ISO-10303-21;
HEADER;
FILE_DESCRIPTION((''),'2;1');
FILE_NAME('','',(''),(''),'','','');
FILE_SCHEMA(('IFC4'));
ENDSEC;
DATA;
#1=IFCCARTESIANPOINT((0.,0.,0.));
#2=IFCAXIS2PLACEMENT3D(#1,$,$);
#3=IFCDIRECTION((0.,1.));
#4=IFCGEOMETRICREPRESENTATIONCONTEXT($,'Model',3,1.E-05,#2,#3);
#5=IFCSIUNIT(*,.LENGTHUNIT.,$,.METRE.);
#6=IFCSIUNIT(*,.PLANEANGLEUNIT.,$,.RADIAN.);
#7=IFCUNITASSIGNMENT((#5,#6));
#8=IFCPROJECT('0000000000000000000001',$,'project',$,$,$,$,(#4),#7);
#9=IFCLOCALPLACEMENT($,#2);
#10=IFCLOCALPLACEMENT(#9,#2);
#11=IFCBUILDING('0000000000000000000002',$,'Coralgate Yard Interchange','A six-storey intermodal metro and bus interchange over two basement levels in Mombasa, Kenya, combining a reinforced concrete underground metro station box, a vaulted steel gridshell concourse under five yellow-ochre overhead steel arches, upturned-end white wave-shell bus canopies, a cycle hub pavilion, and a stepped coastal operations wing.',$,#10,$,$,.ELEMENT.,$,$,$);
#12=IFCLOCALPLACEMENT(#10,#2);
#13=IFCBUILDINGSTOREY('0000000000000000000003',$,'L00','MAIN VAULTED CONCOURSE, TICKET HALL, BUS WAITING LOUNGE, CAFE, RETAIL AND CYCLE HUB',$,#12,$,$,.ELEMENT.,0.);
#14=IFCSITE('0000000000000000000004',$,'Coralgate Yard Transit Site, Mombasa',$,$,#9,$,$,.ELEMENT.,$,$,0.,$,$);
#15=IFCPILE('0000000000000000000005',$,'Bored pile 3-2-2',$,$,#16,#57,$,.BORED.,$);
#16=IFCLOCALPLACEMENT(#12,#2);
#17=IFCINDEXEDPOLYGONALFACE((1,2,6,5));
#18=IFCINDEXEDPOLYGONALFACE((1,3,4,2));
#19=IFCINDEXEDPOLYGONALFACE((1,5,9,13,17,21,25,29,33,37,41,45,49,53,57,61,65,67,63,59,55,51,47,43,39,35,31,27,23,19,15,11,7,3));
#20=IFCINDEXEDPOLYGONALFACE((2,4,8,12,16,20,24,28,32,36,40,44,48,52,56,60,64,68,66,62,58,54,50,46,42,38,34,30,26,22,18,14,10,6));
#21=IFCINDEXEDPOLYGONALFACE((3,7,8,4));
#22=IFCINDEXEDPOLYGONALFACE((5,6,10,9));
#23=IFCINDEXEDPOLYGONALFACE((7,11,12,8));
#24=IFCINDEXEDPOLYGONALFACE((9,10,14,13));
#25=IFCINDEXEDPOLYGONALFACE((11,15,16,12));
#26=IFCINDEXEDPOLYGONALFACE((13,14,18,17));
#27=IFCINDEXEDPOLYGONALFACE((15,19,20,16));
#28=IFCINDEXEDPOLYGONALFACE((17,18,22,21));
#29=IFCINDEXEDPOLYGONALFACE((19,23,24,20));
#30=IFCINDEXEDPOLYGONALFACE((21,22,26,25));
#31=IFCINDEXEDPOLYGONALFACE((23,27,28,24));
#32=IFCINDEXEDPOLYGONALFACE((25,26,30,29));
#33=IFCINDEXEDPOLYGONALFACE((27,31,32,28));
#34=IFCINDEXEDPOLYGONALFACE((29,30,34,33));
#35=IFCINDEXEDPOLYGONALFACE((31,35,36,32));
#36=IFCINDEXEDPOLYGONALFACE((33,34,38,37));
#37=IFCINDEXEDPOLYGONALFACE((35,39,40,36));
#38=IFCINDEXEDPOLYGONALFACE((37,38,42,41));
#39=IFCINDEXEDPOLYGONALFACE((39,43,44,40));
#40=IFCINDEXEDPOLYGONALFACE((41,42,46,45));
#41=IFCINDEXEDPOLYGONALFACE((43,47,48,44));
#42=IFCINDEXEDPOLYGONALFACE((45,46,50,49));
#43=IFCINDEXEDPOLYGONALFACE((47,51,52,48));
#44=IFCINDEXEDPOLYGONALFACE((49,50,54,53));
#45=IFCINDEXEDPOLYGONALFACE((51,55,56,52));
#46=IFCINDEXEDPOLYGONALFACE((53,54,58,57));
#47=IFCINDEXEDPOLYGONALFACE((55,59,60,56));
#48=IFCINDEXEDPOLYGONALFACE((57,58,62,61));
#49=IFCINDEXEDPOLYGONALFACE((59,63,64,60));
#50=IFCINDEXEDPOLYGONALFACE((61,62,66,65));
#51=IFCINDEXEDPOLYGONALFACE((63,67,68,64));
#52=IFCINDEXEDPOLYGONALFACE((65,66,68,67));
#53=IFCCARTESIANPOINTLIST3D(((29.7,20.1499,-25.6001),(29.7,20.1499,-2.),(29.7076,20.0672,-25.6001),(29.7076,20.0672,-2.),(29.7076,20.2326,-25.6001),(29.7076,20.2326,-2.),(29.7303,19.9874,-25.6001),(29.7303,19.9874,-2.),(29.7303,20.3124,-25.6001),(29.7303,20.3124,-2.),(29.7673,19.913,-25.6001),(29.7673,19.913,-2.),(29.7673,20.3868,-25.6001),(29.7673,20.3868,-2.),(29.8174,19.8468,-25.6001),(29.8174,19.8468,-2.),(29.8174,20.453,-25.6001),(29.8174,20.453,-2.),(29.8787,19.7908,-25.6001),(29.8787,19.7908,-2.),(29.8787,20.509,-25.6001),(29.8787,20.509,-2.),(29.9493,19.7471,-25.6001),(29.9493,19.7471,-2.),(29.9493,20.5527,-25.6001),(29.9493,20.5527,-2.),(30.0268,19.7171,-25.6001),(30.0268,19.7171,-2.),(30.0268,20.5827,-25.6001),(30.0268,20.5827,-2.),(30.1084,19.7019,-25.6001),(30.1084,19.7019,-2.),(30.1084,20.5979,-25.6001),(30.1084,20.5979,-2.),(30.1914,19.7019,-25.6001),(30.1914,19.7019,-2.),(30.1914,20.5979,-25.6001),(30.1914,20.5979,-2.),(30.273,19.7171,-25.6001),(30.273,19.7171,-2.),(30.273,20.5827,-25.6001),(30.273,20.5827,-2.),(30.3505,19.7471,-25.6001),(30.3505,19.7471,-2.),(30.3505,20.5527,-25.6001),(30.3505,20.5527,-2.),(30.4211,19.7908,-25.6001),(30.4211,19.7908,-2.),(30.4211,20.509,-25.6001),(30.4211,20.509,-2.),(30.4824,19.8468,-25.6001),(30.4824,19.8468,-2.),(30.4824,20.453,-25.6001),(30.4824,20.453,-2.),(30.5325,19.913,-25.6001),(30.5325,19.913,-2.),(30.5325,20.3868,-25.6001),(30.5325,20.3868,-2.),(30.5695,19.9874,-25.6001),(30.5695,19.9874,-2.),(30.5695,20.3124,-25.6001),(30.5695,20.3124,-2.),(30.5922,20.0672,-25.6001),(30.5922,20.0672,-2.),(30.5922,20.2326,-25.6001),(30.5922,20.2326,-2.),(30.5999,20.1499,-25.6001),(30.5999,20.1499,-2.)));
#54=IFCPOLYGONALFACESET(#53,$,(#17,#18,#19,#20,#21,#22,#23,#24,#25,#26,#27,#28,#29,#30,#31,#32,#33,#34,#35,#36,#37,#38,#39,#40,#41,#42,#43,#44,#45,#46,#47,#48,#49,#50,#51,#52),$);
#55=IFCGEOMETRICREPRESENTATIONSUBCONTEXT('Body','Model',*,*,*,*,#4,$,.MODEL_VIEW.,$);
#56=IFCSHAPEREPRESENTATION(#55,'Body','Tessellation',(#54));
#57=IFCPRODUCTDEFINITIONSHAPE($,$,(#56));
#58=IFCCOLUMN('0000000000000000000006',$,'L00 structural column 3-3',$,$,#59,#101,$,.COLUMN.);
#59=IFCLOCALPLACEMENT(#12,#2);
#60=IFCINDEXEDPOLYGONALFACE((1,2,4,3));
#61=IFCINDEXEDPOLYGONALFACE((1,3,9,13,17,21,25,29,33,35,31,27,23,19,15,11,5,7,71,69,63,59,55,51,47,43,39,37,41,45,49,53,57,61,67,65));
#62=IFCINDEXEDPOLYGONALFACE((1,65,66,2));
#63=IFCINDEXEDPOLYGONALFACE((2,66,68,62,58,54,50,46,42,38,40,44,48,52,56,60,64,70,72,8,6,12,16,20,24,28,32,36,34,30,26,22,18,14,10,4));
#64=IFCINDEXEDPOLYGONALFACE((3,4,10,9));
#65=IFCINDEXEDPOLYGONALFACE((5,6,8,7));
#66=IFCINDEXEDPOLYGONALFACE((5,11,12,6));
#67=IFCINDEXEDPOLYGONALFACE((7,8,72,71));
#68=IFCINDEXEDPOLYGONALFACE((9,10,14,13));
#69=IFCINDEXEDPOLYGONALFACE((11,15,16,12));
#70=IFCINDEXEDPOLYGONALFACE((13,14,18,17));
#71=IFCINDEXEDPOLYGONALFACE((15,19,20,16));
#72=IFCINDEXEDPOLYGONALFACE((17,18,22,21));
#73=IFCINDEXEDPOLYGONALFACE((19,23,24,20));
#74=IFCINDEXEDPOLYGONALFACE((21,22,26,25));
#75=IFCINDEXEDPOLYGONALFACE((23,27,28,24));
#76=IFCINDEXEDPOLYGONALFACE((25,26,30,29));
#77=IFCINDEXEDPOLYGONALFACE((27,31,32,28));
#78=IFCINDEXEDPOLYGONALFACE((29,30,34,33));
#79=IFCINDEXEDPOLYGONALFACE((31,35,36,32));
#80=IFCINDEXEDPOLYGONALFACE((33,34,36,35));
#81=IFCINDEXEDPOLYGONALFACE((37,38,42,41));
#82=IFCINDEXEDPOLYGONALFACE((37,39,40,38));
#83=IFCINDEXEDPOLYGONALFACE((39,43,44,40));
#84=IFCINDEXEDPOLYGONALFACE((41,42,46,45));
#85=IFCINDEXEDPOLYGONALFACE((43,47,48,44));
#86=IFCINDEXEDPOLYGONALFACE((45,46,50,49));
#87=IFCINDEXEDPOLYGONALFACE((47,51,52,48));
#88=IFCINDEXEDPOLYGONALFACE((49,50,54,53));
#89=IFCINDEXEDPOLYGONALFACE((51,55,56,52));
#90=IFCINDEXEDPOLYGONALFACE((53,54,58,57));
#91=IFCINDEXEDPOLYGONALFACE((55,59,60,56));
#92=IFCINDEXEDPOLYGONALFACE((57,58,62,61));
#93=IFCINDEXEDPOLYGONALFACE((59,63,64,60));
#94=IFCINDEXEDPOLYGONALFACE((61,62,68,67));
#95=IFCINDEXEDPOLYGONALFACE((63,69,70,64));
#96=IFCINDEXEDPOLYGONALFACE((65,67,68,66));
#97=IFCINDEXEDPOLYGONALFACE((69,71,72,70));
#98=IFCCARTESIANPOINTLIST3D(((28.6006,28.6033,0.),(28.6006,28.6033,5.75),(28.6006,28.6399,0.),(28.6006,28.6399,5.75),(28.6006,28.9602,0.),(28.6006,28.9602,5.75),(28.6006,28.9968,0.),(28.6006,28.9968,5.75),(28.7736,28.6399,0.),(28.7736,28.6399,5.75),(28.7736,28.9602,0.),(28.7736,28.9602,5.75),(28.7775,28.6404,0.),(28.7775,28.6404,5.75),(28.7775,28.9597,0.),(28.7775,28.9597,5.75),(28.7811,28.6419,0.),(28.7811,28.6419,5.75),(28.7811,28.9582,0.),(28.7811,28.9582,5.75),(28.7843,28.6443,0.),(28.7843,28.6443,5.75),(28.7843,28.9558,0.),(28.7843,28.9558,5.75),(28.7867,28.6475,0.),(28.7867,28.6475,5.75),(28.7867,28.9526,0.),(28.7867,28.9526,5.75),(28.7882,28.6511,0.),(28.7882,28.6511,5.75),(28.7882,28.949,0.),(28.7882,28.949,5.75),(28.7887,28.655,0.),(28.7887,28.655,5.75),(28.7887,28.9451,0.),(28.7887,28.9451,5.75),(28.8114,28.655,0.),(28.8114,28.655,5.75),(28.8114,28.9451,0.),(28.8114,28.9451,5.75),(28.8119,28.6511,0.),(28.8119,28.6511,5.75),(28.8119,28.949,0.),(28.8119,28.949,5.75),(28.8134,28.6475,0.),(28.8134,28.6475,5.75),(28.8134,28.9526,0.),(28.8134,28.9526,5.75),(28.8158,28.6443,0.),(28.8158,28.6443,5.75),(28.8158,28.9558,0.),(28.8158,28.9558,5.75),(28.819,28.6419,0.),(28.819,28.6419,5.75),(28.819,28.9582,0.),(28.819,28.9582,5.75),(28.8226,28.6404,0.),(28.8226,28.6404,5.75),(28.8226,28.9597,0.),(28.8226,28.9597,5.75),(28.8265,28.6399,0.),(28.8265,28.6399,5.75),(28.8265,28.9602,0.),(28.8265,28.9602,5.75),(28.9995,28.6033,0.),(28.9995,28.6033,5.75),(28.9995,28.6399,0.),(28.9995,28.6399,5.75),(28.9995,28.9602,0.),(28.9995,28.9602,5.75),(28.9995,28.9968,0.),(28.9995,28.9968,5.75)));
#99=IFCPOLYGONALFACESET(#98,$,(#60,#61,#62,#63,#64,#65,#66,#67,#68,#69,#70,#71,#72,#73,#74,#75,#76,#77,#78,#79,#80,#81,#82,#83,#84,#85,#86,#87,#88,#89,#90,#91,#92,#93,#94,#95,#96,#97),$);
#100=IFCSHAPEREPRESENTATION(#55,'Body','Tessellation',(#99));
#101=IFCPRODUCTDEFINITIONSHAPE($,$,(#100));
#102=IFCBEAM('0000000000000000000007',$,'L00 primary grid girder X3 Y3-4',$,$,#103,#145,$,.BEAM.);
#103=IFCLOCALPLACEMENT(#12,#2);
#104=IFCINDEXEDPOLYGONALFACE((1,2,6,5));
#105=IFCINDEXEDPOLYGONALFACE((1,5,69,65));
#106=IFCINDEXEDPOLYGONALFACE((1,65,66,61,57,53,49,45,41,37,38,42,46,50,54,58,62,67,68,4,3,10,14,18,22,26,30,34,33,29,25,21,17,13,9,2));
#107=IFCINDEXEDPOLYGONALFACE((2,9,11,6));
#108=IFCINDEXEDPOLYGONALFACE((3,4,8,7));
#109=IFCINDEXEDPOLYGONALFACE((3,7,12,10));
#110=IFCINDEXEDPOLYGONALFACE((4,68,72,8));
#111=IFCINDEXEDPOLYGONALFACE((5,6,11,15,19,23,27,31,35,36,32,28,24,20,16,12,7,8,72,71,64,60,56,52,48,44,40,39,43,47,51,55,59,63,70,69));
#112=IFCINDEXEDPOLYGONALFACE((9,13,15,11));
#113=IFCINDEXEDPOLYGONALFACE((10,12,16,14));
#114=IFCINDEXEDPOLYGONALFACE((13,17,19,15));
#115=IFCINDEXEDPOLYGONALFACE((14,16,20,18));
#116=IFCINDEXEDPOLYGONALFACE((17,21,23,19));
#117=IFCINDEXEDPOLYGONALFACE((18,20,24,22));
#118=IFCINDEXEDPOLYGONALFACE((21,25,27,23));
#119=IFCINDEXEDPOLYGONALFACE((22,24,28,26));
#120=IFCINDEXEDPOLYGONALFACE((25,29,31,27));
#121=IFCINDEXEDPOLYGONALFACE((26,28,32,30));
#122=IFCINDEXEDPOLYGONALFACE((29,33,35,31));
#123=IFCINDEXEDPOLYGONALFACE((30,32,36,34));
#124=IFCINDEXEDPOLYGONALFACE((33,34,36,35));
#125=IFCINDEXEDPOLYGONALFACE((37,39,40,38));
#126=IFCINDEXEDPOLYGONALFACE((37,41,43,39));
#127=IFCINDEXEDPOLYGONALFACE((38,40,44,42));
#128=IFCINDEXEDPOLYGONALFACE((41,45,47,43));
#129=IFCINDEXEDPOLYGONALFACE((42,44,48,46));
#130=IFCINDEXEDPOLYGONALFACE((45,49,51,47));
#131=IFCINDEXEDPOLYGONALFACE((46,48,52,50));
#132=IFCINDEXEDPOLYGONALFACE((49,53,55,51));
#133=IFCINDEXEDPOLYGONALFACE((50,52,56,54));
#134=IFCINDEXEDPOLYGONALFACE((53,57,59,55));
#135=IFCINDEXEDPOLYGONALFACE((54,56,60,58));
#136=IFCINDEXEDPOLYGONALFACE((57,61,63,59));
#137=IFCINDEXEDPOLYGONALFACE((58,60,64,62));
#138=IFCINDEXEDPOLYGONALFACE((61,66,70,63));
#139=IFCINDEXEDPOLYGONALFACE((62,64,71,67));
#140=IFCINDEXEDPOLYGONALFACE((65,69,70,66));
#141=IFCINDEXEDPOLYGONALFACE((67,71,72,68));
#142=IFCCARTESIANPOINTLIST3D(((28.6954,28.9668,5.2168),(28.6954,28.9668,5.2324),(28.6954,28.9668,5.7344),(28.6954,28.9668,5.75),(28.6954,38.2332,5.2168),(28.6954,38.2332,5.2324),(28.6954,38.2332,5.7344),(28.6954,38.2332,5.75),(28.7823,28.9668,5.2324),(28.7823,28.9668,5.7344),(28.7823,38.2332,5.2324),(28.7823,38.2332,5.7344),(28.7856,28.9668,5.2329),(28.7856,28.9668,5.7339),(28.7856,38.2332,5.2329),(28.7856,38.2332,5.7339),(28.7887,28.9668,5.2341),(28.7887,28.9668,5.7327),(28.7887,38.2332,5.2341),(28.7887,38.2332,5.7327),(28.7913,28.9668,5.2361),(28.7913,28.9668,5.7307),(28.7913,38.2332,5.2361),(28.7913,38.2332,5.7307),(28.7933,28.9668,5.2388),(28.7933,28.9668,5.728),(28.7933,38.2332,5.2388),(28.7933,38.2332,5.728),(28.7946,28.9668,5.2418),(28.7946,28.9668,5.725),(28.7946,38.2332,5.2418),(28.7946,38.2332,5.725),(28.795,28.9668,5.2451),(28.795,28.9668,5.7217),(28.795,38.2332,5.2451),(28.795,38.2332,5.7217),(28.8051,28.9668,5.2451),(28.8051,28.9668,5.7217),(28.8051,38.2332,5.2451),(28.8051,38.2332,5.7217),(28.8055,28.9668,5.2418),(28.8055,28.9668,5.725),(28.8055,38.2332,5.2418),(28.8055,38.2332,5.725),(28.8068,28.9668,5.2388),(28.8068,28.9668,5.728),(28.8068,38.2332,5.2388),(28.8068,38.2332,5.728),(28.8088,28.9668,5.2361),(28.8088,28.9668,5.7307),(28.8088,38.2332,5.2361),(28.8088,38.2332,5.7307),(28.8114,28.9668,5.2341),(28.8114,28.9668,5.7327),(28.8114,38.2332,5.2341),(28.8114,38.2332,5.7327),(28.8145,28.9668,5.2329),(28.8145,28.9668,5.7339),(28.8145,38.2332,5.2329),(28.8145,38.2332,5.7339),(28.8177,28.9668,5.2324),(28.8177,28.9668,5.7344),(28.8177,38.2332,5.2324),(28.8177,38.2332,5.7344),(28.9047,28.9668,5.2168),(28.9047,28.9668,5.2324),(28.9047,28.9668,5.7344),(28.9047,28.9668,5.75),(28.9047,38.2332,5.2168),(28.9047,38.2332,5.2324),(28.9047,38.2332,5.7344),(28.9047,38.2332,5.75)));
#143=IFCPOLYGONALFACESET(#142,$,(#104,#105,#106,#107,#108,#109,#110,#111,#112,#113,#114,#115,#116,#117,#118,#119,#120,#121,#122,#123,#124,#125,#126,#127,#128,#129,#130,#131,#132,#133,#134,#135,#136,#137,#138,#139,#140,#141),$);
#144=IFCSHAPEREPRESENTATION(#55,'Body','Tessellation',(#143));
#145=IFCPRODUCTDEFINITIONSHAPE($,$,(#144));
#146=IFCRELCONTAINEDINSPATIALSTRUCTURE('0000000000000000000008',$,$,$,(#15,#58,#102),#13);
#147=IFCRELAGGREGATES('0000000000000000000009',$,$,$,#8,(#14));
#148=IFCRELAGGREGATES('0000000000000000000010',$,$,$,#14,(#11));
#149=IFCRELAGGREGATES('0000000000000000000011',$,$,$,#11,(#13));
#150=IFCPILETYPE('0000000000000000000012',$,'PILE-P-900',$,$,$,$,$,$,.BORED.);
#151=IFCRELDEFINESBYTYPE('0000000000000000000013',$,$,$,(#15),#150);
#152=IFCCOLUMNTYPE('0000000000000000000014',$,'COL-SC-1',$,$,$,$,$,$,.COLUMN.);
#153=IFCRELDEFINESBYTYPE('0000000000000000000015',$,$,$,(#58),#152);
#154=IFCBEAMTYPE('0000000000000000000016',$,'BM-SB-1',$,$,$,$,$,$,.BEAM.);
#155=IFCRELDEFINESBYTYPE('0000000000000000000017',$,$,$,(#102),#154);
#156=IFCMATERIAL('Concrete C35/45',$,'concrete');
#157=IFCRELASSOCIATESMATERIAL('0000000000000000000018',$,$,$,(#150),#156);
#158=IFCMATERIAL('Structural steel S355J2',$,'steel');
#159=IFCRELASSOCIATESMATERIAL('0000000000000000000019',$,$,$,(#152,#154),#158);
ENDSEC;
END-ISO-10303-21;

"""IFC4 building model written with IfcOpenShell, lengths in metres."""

from ifc_helpers import new_model, si_unit, direction, frame, origin, origin_2d, place, context, subcontext, project, spatial, circle, i_section, extrude, material, material_profile, profile_set, type_object, element, save


model = new_model("IFC4")

# Units and contexts
model_context = context("Model", 3, precision=1e-05, world=origin(), true_north=direction((0.0, 1.0)))
body_context = subcontext(model_context, "Body", "Model", "MODEL_VIEW")
ifc_project = project(units=[si_unit("LENGTHUNIT", "METRE"), si_unit("PLANEANGLEUNIT", "RADIAN")], contexts=[model_context])

# Site, building, storey
site_placement = place(None, origin())
site = spatial("IfcSite", under=ifc_project, at=site_placement, Name="Coralgate Yard Transit Site, Mombasa", CompositionType="ELEMENT", RefElevation=0.0)
building_placement = place(site_placement, origin())
building = spatial("IfcBuilding", under=site, at=building_placement, Name="Coralgate Yard Interchange", Description="A six-storey intermodal metro and bus interchange over two basement levels in Mombasa, Kenya, combining a reinforced concrete underground metro station box, a vaulted steel gridshell concourse under five yellow-ochre overhead steel arches, upturned-end white wave-shell bus canopies, a cycle hub pavilion, and a stepped coastal operations wing.", CompositionType="ELEMENT")
storey_placement = place(building_placement, origin())
storey = spatial("IfcBuildingStorey", under=building, at=storey_placement, Name="L00", Description="MAIN VAULTED CONCOURSE, TICKET HALL, BUS WAITING LOUNGE, CAFE, RETAIL AND CYCLE HUB", CompositionType="ELEMENT", Elevation=0.0)

# Pile
ifc_material_1 = material(Name="Concrete C35/45", Category="concrete")
ifc_material_profile_1 = material_profile(ifc_material_1, circle(Radius=0.45, at=origin_2d()), Name="BORED PILE D900")
ifc_profile_set_1 = profile_set([ifc_material_profile_1], Name="Concrete C35/45")
pile_type = type_object("IfcPileType", Name="PILE-P-900", PredefinedType="BORED", material=ifc_profile_set_1)
pile_placement = place(storey_placement, frame((30.1499, 20.1499, -2.0), z_axis=(0.0, 0.0, -1.0), x_axis=(1.0, 0.0, 0.0)))
element("IfcPile", 1, at=pile_placement, inside=storey, type_object=pile_type, Name="Bored pile 3-2-2", PredefinedType="BORED", context=body_context, shape_type="SweptSolid", body=[
    extrude(circle(Radius=0.45, at=origin_2d()), origin(), (0.0, 0.0, 1.0), 23.6001),
])

# Column
ifc_material_2 = material(Name="Structural steel S355J2", Category="steel")
ifc_material_profile_2 = material_profile(ifc_material_2, i_section(OverallWidth=0.3989, OverallDepth=0.3936, WebThickness=0.0227, FlangeThickness=0.0366, FilletRadius=0.0151, at=origin_2d()), Name="UC 356x406x287")
ifc_profile_set_2 = profile_set([ifc_material_profile_2], Name="Structural steel S355J2")
column_type = type_object("IfcColumnType", Name="COL-SC-1", PredefinedType="COLUMN", material=ifc_profile_set_2)
column_placement = place(storey_placement, frame((28.8, 28.8, 0.0), z_axis=(0.0, 0.0, 1.0), x_axis=(1.0, 0.0, 0.0)))
element("IfcColumn", 2, at=column_placement, inside=storey, type_object=column_type, Name="L00 structural column 3-3", PredefinedType="COLUMN", context=body_context, shape_type="SweptSolid", body=[
    extrude(i_section(OverallWidth=0.3989, OverallDepth=0.3936, WebThickness=0.0227, FlangeThickness=0.0366, FilletRadius=0.0151, at=origin_2d()), origin(), (0.0, 0.0, 1.0), 5.75),
])

# Beam
ifc_material_profile_3 = material_profile(ifc_material_2, i_section(OverallWidth=0.2092, OverallDepth=0.5332, WebThickness=0.01, FlangeThickness=0.0156, FilletRadius=0.0127, at=origin_2d()), Name="UB 533x210x92")
ifc_profile_set_3 = profile_set([ifc_material_profile_3], Name="Structural steel S355J2")
beam_type = type_object("IfcBeamType", Name="BM-SB-1", PredefinedType="BEAM", material=ifc_profile_set_3)
beam_placement = place(storey_placement, frame((28.8, 28.9668, 5.4834), z_axis=(0.0, 1.0, 0.0), x_axis=(-1.0, 0.0, 0.0)))
element("IfcBeam", 3, at=beam_placement, inside=storey, type_object=beam_type, Name="L00 primary grid girder X3 Y3-4", PredefinedType="BEAM", context=body_context, shape_type="SweptSolid", body=[
    extrude(i_section(OverallWidth=0.2092, OverallDepth=0.5332, WebThickness=0.01, FlangeThickness=0.0156, FilletRadius=0.0127, at=origin_2d()), origin(), (0.0, 0.0, 1.0), 9.2664),
])

save(model, "model.ifc")
